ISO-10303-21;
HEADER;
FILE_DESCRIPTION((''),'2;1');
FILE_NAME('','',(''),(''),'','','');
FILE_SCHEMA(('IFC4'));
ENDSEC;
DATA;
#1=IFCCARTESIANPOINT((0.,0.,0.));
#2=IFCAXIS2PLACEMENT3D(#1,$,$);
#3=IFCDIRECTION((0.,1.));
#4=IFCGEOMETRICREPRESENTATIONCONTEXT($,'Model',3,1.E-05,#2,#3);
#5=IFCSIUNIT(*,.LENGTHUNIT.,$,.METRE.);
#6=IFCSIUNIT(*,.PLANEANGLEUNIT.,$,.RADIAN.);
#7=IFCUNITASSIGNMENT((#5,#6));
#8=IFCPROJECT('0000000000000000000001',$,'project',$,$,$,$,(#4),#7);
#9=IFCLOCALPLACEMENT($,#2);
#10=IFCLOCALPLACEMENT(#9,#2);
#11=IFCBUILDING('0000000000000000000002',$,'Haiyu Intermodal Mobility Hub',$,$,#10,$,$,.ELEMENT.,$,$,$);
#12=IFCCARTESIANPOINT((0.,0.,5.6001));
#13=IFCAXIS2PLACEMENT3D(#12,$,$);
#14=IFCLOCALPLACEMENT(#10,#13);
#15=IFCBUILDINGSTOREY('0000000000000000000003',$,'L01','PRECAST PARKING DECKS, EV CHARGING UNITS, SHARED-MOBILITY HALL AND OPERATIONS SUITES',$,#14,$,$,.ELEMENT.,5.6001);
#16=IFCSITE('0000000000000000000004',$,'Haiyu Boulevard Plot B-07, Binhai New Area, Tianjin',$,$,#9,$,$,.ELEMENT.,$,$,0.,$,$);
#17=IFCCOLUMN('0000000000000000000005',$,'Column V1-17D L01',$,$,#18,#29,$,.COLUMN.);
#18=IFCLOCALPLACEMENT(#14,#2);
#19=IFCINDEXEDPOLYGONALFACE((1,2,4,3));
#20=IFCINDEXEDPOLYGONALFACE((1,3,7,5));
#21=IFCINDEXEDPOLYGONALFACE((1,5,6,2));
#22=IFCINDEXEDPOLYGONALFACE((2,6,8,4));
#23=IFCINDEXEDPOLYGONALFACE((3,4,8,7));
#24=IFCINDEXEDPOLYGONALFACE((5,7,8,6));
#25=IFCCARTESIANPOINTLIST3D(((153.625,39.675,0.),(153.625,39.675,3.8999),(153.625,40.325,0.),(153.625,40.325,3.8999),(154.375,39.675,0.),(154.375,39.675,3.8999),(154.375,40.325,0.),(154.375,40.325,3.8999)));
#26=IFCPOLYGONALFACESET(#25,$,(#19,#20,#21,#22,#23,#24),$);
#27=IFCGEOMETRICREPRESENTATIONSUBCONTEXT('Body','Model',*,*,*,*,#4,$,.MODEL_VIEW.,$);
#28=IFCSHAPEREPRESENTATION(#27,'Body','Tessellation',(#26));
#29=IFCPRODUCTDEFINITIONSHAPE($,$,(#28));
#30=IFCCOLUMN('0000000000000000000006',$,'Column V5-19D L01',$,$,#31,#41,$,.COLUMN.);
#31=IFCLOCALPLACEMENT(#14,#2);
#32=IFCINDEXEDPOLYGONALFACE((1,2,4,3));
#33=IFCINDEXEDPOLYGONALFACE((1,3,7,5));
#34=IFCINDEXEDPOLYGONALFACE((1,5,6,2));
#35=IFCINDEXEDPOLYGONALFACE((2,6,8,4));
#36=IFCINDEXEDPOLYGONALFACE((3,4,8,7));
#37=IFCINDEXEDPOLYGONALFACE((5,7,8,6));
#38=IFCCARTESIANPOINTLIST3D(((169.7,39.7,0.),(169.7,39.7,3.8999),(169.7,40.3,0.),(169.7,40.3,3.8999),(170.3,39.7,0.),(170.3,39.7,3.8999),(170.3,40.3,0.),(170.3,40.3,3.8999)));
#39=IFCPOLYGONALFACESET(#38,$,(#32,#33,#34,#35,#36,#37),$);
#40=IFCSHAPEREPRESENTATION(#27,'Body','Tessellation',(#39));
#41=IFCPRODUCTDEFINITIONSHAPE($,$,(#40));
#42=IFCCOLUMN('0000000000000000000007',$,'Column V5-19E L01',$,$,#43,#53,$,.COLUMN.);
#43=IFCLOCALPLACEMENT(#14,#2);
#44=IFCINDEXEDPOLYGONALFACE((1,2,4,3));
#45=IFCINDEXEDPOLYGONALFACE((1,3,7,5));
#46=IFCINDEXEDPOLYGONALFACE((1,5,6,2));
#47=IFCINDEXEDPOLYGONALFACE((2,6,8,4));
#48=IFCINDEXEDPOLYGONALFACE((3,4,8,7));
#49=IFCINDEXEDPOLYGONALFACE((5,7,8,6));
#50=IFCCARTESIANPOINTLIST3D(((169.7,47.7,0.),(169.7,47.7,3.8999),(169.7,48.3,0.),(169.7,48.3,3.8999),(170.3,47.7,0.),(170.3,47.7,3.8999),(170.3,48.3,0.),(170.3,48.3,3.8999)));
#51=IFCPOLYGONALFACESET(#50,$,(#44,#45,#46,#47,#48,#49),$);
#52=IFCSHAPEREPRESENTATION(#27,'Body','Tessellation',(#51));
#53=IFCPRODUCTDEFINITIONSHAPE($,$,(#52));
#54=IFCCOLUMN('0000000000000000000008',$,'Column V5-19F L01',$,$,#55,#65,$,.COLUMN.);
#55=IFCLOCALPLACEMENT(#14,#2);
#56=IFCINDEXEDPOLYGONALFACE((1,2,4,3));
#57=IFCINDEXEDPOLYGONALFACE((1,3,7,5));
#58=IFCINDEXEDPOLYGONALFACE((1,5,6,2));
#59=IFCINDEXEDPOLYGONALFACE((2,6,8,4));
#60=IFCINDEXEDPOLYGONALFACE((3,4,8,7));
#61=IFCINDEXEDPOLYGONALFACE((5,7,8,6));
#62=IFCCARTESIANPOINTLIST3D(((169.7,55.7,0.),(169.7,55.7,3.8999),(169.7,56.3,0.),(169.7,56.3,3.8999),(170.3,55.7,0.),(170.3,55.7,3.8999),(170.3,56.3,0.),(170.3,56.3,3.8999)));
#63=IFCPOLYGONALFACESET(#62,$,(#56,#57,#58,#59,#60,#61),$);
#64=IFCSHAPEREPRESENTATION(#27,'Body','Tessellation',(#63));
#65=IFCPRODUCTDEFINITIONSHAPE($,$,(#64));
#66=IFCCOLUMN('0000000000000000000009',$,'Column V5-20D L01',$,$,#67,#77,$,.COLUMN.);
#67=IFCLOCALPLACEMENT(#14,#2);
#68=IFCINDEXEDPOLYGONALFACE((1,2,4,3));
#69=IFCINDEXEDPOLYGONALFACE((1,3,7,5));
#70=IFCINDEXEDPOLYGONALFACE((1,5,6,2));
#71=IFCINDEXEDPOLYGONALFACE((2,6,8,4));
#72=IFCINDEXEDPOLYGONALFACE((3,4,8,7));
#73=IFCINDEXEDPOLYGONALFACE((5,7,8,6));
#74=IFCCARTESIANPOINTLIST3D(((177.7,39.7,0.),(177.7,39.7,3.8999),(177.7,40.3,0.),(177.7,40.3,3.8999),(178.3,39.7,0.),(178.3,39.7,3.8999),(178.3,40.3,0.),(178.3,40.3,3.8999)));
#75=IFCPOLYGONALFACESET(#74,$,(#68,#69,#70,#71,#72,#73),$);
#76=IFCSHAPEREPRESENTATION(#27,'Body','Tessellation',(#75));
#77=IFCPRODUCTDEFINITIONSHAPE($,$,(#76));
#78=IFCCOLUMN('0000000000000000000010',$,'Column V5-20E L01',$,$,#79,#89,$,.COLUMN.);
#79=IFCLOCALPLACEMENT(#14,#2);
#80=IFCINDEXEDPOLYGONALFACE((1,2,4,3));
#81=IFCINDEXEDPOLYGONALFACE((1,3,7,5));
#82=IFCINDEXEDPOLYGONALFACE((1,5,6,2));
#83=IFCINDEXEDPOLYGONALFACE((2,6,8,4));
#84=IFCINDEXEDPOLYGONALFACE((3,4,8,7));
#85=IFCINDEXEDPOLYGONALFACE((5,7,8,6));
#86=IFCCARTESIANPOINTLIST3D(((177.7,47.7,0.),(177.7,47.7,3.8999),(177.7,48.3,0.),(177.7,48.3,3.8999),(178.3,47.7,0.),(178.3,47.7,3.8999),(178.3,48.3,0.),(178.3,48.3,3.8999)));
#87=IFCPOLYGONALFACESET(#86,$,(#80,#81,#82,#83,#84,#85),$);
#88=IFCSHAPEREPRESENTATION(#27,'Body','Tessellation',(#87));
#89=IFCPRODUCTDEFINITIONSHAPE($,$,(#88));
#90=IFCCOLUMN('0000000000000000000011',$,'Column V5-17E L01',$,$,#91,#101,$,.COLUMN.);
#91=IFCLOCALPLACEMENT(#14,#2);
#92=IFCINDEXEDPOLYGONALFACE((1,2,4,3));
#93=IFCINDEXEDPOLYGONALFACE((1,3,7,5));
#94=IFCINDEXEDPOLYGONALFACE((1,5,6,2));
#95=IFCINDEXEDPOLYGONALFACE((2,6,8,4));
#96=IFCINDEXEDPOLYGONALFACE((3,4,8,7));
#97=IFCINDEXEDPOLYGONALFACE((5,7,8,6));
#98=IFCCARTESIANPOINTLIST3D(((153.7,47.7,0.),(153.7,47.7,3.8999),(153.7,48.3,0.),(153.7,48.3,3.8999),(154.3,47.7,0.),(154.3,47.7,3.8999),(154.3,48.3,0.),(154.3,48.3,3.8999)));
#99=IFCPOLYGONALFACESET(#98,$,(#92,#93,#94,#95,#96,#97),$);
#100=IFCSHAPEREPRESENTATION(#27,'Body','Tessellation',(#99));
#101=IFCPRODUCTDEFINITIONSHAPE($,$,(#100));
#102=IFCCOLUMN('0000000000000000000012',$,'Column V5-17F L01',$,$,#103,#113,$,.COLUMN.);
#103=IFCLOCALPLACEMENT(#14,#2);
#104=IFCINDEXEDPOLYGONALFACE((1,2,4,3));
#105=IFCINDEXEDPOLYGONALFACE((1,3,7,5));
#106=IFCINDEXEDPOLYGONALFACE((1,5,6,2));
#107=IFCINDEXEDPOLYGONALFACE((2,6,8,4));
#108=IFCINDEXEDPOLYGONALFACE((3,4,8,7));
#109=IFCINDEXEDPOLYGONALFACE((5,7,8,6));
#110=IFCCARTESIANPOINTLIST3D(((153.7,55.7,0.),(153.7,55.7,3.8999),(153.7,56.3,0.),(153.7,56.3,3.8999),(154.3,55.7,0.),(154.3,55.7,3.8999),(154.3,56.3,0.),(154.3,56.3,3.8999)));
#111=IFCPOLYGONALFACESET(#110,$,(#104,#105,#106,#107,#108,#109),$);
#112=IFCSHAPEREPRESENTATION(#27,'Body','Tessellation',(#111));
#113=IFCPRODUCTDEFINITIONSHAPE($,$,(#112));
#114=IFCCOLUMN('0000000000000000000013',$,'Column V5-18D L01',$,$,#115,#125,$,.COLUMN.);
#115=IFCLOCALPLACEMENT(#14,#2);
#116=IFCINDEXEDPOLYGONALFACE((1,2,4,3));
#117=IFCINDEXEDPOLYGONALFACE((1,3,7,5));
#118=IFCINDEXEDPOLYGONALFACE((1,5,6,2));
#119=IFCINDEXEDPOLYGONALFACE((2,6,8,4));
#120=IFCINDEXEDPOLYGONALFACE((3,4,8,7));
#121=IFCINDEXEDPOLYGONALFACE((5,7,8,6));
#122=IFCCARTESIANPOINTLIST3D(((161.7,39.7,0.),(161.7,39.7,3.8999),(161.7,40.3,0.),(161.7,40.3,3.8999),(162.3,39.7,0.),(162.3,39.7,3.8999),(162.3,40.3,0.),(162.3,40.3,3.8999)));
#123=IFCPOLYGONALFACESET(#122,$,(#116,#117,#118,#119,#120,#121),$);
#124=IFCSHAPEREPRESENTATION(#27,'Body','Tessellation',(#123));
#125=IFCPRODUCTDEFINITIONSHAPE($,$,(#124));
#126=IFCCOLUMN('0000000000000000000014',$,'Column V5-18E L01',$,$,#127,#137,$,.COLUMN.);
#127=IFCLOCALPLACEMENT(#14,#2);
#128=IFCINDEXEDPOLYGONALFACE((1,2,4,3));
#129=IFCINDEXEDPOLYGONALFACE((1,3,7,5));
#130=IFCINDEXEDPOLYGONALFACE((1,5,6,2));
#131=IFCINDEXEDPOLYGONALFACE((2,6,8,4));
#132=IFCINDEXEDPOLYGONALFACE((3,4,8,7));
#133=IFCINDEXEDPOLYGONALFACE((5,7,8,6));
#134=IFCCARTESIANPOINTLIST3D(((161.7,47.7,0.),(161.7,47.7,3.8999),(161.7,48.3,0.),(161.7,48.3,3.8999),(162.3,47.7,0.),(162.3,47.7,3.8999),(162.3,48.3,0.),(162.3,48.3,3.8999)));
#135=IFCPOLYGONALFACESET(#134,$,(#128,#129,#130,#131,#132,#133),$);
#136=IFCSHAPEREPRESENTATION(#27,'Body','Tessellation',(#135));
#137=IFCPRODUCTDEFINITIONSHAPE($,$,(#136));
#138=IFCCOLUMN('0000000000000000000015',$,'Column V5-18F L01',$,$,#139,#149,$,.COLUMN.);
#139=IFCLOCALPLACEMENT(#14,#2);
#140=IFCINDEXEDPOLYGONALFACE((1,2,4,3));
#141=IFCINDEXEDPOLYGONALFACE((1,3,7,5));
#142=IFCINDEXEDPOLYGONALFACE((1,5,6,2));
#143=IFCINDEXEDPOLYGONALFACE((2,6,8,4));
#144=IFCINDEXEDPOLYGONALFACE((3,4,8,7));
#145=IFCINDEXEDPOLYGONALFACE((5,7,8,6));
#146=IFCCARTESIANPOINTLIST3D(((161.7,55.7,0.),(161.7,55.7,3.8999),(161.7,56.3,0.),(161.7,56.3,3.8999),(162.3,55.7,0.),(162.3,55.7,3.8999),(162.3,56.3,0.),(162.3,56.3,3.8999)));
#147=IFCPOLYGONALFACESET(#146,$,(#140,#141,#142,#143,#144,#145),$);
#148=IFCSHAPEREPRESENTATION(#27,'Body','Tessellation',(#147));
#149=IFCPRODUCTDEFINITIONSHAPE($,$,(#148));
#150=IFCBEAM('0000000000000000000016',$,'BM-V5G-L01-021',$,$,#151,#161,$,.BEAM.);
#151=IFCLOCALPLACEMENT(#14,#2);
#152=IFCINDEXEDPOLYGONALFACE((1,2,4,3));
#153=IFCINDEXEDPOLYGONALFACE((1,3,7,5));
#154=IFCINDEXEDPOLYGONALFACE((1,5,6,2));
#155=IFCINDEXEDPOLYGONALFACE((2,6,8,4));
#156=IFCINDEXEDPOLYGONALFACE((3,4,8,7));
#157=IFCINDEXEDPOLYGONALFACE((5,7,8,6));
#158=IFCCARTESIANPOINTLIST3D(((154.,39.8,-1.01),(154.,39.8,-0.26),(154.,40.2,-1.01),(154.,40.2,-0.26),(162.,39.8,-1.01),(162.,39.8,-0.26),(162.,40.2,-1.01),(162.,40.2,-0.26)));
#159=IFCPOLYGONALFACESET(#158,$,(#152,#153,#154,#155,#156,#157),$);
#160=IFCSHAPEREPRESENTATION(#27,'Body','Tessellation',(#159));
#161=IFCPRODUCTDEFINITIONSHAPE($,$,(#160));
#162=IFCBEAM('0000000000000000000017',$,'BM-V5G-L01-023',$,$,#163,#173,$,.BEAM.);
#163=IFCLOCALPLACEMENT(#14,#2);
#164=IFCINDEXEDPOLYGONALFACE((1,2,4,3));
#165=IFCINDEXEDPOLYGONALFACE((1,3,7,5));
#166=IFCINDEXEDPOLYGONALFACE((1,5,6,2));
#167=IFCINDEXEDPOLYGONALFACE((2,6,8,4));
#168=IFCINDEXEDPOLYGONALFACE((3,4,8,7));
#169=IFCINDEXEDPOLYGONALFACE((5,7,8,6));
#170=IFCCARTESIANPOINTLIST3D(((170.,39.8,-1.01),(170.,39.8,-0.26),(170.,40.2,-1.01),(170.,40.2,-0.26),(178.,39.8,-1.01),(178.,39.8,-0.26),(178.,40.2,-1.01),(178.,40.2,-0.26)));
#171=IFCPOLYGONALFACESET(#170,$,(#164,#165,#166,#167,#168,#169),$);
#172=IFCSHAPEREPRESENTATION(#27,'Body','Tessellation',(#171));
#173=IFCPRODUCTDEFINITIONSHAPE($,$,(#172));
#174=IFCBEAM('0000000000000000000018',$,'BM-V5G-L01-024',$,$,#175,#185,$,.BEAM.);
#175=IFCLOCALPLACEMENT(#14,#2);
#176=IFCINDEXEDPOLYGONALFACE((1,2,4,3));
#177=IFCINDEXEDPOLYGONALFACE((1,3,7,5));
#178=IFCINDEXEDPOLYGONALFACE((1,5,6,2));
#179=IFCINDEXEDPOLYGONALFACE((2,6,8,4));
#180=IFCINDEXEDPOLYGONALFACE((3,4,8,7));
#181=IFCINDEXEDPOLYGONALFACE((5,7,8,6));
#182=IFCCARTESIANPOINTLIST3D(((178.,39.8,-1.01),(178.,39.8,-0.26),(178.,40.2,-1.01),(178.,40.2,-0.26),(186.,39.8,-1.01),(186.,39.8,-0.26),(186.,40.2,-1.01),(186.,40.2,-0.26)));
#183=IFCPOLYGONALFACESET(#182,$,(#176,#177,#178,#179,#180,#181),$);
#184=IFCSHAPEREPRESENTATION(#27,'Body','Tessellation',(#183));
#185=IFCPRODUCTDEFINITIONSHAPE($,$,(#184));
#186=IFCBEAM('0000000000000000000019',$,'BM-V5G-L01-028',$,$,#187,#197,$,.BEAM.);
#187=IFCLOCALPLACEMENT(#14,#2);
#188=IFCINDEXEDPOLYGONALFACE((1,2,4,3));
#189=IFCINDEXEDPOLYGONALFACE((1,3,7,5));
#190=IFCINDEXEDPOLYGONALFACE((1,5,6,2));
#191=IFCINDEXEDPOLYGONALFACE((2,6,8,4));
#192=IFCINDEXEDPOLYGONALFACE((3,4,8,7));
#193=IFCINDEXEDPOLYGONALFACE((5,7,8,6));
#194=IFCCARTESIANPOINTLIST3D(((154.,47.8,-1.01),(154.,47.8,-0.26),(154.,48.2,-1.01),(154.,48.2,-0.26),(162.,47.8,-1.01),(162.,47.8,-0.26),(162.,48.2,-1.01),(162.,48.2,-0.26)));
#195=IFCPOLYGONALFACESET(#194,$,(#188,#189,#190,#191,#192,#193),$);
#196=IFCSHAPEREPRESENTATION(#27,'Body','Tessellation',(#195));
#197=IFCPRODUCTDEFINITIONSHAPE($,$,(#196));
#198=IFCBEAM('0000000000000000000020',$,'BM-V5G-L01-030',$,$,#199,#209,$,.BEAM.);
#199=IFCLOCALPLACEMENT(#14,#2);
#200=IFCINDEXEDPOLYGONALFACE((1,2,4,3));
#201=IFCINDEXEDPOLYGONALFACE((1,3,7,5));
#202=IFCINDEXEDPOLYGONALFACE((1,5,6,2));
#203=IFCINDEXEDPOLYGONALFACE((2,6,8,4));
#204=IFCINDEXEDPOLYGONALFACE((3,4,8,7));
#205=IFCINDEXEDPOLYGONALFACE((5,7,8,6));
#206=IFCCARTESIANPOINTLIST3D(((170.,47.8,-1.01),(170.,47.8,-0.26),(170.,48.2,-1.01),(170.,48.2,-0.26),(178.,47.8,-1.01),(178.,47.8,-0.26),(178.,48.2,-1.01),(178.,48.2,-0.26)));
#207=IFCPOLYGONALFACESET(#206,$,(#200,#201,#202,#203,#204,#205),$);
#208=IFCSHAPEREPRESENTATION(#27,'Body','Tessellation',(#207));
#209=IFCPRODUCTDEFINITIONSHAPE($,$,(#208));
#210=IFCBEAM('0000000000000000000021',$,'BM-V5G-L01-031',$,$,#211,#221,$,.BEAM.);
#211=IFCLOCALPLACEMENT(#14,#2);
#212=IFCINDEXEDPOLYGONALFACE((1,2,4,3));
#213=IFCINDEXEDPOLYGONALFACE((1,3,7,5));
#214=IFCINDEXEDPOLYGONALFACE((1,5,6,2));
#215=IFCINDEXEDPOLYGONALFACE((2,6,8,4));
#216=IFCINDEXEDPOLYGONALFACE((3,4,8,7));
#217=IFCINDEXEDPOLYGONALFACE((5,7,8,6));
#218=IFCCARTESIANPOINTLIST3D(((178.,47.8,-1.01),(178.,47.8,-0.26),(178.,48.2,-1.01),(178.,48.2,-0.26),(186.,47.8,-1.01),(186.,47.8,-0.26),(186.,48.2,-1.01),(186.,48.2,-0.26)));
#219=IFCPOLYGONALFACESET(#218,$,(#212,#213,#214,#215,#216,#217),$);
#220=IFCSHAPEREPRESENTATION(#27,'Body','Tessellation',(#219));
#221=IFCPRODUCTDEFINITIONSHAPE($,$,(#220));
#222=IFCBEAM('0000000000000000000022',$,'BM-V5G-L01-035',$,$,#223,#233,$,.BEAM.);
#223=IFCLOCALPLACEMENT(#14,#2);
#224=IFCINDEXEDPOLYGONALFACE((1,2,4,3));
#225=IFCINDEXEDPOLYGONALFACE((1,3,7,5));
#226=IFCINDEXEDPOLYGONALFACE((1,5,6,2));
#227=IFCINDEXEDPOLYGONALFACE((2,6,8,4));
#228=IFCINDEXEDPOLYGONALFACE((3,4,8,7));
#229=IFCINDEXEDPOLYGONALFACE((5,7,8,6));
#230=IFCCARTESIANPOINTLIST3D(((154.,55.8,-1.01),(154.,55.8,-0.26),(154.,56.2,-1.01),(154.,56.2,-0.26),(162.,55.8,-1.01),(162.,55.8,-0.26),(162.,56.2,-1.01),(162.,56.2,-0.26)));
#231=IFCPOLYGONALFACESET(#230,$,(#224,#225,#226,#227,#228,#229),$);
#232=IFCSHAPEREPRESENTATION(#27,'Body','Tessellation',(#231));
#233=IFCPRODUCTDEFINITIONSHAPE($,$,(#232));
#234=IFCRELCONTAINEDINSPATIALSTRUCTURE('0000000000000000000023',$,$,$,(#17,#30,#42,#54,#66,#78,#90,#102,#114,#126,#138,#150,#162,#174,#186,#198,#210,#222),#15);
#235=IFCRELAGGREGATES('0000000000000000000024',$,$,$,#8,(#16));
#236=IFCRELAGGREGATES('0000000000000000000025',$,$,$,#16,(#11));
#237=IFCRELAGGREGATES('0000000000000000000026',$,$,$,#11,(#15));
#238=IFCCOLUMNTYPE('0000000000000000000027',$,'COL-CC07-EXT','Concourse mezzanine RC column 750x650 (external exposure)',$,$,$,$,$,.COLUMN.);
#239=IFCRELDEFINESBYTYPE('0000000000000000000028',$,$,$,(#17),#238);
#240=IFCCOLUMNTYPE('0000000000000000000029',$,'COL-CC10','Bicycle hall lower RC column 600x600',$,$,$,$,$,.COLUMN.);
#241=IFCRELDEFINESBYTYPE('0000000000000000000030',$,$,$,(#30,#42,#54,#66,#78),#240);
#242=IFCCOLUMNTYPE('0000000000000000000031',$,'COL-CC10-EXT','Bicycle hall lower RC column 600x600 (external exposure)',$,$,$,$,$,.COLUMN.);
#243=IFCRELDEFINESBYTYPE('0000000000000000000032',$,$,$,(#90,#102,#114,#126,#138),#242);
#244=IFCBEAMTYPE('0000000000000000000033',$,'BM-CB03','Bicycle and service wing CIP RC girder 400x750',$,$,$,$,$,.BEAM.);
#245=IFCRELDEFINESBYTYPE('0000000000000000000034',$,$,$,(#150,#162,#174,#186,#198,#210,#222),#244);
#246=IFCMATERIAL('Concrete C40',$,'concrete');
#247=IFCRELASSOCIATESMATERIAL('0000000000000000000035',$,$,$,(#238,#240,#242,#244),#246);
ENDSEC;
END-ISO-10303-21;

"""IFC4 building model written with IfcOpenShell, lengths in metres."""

from ifc_helpers import new_model, si_unit, direction, frame, origin, origin_2d, place, context, subcontext, project, spatial, rectangle, extrude, material, material_profile, profile_set, type_object, element, save


model = new_model("IFC4")

# Units and contexts
model_context = context("Model", 3, precision=1e-05, world=origin(), true_north=direction((0.0, 1.0)))
body_context = subcontext(model_context, "Body", "Model", "MODEL_VIEW")
ifc_project = project(units=[si_unit("LENGTHUNIT", "METRE"), si_unit("PLANEANGLEUNIT", "RADIAN")], contexts=[model_context])

# Site, building, storey
site_placement = place(None, origin())
site = spatial("IfcSite", under=ifc_project, at=site_placement, Name="Haiyu Boulevard Plot B-07, Binhai New Area, Tianjin", CompositionType="ELEMENT", RefElevation=0.0)
building_placement = place(site_placement, origin())
building = spatial("IfcBuilding", under=site, at=building_placement, Name="Haiyu Intermodal Mobility Hub", CompositionType="ELEMENT")
storey_placement = place(building_placement, frame((0.0, 0.0, 5.6001)))
storey = spatial("IfcBuildingStorey", under=building, at=storey_placement, Name="L01", Description="PRECAST PARKING DECKS, EV CHARGING UNITS, SHARED-MOBILITY HALL AND OPERATIONS SUITES", CompositionType="ELEMENT", Elevation=5.6001)

# Columns
ifc_material_1 = material(Name="Concrete C40", Category="concrete")
ifc_material_profile_1 = material_profile(ifc_material_1, rectangle(XDim=0.75, YDim=0.6499, at=origin_2d()), Name="RC750x650")
ifc_profile_set_1 = profile_set([ifc_material_profile_1], Name="Concrete C40")
column_type_1 = type_object("IfcColumnType", Name="COL-CC07-EXT", Description="Concourse mezzanine RC column 750x650 (external exposure)", PredefinedType="COLUMN", material=ifc_profile_set_1)
column_placement = place(storey_placement, frame((154.0, 40.0, 0.0), z_axis=(0.0, 0.0, 1.0), x_axis=(1.0, 0.0, 0.0)))
element("IfcColumn", 1, at=column_placement, inside=storey, type_object=column_type_1, Name="Column V1-17D L01", PredefinedType="COLUMN", context=body_context, shape_type="SweptSolid", body=[
    extrude(rectangle(XDim=0.75, YDim=0.6499, at=origin_2d()), origin(), (0.0, 0.0, 1.0), 3.8999),
])
ifc_material_profile_2 = material_profile(ifc_material_1, rectangle(XDim=0.6001, YDim=0.6001, at=origin_2d()), Name="RC600x600")
ifc_profile_set_2 = profile_set([ifc_material_profile_2], Name="Concrete C40")
column_type_2 = type_object("IfcColumnType", Name="COL-CC10", Description="Bicycle hall lower RC column 600x600", PredefinedType="COLUMN", material=ifc_profile_set_2)
for number, where, z_axis, x_axis, name in (
    (2, (170.0, 40.0, 0.0), (0.0, 0.0, 1.0), (1.0, 0.0, 0.0), "Column V5-19D L01"),
    (3, (170.0, 48.0, 0.0), (0.0, 0.0, 1.0), (1.0, 0.0, 0.0), "Column V5-19E L01"),
    (4, (170.0, 56.0, 0.0), (0.0, 0.0, 1.0), (1.0, 0.0, 0.0), "Column V5-19F L01"),
    (5, (178.0, 40.0, 0.0), (0.0, 0.0, 1.0), (1.0, 0.0, 0.0), "Column V5-20D L01"),
    (6, (178.0, 48.0, 0.0), (0.0, 0.0, 1.0), (1.0, 0.0, 0.0), "Column V5-20E L01"),
):
    element("IfcColumn", number, at=place(storey_placement, frame(where, z_axis=z_axis, x_axis=x_axis)), inside=storey, type_object=column_type_2, Name=name, PredefinedType="COLUMN", context=body_context, shape_type="SweptSolid", body=[
        extrude(rectangle(XDim=0.6001, YDim=0.6001, at=origin_2d()), origin(), (0.0, 0.0, 1.0), 3.8999),
    ])
ifc_material_profile_3 = material_profile(ifc_material_1, rectangle(XDim=0.6001, YDim=0.6001, at=origin_2d()), Name="RC600x600")
ifc_profile_set_3 = profile_set([ifc_material_profile_3], Name="Concrete C40")
column_type_3 = type_object("IfcColumnType", Name="COL-CC10-EXT", Description="Bicycle hall lower RC column 600x600 (external exposure)", PredefinedType="COLUMN", material=ifc_profile_set_3)
for number, where, z_axis, x_axis, name in (
    (7, (154.0, 48.0, 0.0), (0.0, 0.0, 1.0), (1.0, 0.0, 0.0), "Column V5-17E L01"),
    (8, (154.0, 56.0, 0.0), (0.0, 0.0, 1.0), (1.0, 0.0, 0.0), "Column V5-17F L01"),
    (9, (162.0, 40.0, 0.0), (0.0, 0.0, 1.0), (1.0, 0.0, 0.0), "Column V5-18D L01"),
    (10, (162.0, 48.0, 0.0), (0.0, 0.0, 1.0), (1.0, 0.0, 0.0), "Column V5-18E L01"),
    (11, (162.0, 56.0, 0.0), (0.0, 0.0, 1.0), (1.0, 0.0, 0.0), "Column V5-18F L01"),
):
    element("IfcColumn", number, at=place(storey_placement, frame(where, z_axis=z_axis, x_axis=x_axis)), inside=storey, type_object=column_type_3, Name=name, PredefinedType="COLUMN", context=body_context, shape_type="SweptSolid", body=[
        extrude(rectangle(XDim=0.6001, YDim=0.6001, at=origin_2d()), origin(), (0.0, 0.0, 1.0), 3.8999),
    ])

# Beams
ifc_material_profile_4 = material_profile(ifc_material_1, rectangle(XDim=0.3999, YDim=0.75, at=origin_2d()), Name="RCB400x750")
ifc_profile_set_4 = profile_set([ifc_material_profile_4], Name="Concrete C40")
beam_type_1 = type_object("IfcBeamType", Name="BM-CB03", Description="Bicycle and service wing CIP RC girder 400x750", PredefinedType="BEAM", material=ifc_profile_set_4)
for number, where, z_axis, x_axis, name in (
    (12, (154.0, 40.0, -0.635), (1.0, 0.0, 0.0), (0.0, 1.0, 0.0), "BM-V5G-L01-021"),
    (13, (170.0, 40.0, -0.635), (1.0, 0.0, 0.0), (0.0, 1.0, 0.0), "BM-V5G-L01-023"),
    (14, (178.0, 40.0, -0.635), (1.0, 0.0, 0.0), (0.0, 1.0, 0.0), "BM-V5G-L01-024"),
    (15, (154.0, 48.0, -0.635), (1.0, 0.0, 0.0), (0.0, 1.0, 0.0), "BM-V5G-L01-028"),
    (16, (170.0, 48.0, -0.635), (1.0, 0.0, 0.0), (0.0, 1.0, 0.0), "BM-V5G-L01-030"),
    (17, (178.0, 48.0, -0.635), (1.0, 0.0, 0.0), (0.0, 1.0, 0.0), "BM-V5G-L01-031"),
    (18, (154.0, 56.0, -0.635), (1.0, 0.0, 0.0), (0.0, 1.0, 0.0), "BM-V5G-L01-035"),
):
    element("IfcBeam", number, at=place(storey_placement, frame(where, z_axis=z_axis, x_axis=x_axis)), inside=storey, type_object=beam_type_1, Name=name, PredefinedType="BEAM", context=body_context, shape_type="SweptSolid", body=[
        extrude(rectangle(XDim=0.3999, YDim=0.75, at=origin_2d()), origin(), (0.0, 0.0, 1.0), 8.0),
    ])

save(model, "model.ifc")
